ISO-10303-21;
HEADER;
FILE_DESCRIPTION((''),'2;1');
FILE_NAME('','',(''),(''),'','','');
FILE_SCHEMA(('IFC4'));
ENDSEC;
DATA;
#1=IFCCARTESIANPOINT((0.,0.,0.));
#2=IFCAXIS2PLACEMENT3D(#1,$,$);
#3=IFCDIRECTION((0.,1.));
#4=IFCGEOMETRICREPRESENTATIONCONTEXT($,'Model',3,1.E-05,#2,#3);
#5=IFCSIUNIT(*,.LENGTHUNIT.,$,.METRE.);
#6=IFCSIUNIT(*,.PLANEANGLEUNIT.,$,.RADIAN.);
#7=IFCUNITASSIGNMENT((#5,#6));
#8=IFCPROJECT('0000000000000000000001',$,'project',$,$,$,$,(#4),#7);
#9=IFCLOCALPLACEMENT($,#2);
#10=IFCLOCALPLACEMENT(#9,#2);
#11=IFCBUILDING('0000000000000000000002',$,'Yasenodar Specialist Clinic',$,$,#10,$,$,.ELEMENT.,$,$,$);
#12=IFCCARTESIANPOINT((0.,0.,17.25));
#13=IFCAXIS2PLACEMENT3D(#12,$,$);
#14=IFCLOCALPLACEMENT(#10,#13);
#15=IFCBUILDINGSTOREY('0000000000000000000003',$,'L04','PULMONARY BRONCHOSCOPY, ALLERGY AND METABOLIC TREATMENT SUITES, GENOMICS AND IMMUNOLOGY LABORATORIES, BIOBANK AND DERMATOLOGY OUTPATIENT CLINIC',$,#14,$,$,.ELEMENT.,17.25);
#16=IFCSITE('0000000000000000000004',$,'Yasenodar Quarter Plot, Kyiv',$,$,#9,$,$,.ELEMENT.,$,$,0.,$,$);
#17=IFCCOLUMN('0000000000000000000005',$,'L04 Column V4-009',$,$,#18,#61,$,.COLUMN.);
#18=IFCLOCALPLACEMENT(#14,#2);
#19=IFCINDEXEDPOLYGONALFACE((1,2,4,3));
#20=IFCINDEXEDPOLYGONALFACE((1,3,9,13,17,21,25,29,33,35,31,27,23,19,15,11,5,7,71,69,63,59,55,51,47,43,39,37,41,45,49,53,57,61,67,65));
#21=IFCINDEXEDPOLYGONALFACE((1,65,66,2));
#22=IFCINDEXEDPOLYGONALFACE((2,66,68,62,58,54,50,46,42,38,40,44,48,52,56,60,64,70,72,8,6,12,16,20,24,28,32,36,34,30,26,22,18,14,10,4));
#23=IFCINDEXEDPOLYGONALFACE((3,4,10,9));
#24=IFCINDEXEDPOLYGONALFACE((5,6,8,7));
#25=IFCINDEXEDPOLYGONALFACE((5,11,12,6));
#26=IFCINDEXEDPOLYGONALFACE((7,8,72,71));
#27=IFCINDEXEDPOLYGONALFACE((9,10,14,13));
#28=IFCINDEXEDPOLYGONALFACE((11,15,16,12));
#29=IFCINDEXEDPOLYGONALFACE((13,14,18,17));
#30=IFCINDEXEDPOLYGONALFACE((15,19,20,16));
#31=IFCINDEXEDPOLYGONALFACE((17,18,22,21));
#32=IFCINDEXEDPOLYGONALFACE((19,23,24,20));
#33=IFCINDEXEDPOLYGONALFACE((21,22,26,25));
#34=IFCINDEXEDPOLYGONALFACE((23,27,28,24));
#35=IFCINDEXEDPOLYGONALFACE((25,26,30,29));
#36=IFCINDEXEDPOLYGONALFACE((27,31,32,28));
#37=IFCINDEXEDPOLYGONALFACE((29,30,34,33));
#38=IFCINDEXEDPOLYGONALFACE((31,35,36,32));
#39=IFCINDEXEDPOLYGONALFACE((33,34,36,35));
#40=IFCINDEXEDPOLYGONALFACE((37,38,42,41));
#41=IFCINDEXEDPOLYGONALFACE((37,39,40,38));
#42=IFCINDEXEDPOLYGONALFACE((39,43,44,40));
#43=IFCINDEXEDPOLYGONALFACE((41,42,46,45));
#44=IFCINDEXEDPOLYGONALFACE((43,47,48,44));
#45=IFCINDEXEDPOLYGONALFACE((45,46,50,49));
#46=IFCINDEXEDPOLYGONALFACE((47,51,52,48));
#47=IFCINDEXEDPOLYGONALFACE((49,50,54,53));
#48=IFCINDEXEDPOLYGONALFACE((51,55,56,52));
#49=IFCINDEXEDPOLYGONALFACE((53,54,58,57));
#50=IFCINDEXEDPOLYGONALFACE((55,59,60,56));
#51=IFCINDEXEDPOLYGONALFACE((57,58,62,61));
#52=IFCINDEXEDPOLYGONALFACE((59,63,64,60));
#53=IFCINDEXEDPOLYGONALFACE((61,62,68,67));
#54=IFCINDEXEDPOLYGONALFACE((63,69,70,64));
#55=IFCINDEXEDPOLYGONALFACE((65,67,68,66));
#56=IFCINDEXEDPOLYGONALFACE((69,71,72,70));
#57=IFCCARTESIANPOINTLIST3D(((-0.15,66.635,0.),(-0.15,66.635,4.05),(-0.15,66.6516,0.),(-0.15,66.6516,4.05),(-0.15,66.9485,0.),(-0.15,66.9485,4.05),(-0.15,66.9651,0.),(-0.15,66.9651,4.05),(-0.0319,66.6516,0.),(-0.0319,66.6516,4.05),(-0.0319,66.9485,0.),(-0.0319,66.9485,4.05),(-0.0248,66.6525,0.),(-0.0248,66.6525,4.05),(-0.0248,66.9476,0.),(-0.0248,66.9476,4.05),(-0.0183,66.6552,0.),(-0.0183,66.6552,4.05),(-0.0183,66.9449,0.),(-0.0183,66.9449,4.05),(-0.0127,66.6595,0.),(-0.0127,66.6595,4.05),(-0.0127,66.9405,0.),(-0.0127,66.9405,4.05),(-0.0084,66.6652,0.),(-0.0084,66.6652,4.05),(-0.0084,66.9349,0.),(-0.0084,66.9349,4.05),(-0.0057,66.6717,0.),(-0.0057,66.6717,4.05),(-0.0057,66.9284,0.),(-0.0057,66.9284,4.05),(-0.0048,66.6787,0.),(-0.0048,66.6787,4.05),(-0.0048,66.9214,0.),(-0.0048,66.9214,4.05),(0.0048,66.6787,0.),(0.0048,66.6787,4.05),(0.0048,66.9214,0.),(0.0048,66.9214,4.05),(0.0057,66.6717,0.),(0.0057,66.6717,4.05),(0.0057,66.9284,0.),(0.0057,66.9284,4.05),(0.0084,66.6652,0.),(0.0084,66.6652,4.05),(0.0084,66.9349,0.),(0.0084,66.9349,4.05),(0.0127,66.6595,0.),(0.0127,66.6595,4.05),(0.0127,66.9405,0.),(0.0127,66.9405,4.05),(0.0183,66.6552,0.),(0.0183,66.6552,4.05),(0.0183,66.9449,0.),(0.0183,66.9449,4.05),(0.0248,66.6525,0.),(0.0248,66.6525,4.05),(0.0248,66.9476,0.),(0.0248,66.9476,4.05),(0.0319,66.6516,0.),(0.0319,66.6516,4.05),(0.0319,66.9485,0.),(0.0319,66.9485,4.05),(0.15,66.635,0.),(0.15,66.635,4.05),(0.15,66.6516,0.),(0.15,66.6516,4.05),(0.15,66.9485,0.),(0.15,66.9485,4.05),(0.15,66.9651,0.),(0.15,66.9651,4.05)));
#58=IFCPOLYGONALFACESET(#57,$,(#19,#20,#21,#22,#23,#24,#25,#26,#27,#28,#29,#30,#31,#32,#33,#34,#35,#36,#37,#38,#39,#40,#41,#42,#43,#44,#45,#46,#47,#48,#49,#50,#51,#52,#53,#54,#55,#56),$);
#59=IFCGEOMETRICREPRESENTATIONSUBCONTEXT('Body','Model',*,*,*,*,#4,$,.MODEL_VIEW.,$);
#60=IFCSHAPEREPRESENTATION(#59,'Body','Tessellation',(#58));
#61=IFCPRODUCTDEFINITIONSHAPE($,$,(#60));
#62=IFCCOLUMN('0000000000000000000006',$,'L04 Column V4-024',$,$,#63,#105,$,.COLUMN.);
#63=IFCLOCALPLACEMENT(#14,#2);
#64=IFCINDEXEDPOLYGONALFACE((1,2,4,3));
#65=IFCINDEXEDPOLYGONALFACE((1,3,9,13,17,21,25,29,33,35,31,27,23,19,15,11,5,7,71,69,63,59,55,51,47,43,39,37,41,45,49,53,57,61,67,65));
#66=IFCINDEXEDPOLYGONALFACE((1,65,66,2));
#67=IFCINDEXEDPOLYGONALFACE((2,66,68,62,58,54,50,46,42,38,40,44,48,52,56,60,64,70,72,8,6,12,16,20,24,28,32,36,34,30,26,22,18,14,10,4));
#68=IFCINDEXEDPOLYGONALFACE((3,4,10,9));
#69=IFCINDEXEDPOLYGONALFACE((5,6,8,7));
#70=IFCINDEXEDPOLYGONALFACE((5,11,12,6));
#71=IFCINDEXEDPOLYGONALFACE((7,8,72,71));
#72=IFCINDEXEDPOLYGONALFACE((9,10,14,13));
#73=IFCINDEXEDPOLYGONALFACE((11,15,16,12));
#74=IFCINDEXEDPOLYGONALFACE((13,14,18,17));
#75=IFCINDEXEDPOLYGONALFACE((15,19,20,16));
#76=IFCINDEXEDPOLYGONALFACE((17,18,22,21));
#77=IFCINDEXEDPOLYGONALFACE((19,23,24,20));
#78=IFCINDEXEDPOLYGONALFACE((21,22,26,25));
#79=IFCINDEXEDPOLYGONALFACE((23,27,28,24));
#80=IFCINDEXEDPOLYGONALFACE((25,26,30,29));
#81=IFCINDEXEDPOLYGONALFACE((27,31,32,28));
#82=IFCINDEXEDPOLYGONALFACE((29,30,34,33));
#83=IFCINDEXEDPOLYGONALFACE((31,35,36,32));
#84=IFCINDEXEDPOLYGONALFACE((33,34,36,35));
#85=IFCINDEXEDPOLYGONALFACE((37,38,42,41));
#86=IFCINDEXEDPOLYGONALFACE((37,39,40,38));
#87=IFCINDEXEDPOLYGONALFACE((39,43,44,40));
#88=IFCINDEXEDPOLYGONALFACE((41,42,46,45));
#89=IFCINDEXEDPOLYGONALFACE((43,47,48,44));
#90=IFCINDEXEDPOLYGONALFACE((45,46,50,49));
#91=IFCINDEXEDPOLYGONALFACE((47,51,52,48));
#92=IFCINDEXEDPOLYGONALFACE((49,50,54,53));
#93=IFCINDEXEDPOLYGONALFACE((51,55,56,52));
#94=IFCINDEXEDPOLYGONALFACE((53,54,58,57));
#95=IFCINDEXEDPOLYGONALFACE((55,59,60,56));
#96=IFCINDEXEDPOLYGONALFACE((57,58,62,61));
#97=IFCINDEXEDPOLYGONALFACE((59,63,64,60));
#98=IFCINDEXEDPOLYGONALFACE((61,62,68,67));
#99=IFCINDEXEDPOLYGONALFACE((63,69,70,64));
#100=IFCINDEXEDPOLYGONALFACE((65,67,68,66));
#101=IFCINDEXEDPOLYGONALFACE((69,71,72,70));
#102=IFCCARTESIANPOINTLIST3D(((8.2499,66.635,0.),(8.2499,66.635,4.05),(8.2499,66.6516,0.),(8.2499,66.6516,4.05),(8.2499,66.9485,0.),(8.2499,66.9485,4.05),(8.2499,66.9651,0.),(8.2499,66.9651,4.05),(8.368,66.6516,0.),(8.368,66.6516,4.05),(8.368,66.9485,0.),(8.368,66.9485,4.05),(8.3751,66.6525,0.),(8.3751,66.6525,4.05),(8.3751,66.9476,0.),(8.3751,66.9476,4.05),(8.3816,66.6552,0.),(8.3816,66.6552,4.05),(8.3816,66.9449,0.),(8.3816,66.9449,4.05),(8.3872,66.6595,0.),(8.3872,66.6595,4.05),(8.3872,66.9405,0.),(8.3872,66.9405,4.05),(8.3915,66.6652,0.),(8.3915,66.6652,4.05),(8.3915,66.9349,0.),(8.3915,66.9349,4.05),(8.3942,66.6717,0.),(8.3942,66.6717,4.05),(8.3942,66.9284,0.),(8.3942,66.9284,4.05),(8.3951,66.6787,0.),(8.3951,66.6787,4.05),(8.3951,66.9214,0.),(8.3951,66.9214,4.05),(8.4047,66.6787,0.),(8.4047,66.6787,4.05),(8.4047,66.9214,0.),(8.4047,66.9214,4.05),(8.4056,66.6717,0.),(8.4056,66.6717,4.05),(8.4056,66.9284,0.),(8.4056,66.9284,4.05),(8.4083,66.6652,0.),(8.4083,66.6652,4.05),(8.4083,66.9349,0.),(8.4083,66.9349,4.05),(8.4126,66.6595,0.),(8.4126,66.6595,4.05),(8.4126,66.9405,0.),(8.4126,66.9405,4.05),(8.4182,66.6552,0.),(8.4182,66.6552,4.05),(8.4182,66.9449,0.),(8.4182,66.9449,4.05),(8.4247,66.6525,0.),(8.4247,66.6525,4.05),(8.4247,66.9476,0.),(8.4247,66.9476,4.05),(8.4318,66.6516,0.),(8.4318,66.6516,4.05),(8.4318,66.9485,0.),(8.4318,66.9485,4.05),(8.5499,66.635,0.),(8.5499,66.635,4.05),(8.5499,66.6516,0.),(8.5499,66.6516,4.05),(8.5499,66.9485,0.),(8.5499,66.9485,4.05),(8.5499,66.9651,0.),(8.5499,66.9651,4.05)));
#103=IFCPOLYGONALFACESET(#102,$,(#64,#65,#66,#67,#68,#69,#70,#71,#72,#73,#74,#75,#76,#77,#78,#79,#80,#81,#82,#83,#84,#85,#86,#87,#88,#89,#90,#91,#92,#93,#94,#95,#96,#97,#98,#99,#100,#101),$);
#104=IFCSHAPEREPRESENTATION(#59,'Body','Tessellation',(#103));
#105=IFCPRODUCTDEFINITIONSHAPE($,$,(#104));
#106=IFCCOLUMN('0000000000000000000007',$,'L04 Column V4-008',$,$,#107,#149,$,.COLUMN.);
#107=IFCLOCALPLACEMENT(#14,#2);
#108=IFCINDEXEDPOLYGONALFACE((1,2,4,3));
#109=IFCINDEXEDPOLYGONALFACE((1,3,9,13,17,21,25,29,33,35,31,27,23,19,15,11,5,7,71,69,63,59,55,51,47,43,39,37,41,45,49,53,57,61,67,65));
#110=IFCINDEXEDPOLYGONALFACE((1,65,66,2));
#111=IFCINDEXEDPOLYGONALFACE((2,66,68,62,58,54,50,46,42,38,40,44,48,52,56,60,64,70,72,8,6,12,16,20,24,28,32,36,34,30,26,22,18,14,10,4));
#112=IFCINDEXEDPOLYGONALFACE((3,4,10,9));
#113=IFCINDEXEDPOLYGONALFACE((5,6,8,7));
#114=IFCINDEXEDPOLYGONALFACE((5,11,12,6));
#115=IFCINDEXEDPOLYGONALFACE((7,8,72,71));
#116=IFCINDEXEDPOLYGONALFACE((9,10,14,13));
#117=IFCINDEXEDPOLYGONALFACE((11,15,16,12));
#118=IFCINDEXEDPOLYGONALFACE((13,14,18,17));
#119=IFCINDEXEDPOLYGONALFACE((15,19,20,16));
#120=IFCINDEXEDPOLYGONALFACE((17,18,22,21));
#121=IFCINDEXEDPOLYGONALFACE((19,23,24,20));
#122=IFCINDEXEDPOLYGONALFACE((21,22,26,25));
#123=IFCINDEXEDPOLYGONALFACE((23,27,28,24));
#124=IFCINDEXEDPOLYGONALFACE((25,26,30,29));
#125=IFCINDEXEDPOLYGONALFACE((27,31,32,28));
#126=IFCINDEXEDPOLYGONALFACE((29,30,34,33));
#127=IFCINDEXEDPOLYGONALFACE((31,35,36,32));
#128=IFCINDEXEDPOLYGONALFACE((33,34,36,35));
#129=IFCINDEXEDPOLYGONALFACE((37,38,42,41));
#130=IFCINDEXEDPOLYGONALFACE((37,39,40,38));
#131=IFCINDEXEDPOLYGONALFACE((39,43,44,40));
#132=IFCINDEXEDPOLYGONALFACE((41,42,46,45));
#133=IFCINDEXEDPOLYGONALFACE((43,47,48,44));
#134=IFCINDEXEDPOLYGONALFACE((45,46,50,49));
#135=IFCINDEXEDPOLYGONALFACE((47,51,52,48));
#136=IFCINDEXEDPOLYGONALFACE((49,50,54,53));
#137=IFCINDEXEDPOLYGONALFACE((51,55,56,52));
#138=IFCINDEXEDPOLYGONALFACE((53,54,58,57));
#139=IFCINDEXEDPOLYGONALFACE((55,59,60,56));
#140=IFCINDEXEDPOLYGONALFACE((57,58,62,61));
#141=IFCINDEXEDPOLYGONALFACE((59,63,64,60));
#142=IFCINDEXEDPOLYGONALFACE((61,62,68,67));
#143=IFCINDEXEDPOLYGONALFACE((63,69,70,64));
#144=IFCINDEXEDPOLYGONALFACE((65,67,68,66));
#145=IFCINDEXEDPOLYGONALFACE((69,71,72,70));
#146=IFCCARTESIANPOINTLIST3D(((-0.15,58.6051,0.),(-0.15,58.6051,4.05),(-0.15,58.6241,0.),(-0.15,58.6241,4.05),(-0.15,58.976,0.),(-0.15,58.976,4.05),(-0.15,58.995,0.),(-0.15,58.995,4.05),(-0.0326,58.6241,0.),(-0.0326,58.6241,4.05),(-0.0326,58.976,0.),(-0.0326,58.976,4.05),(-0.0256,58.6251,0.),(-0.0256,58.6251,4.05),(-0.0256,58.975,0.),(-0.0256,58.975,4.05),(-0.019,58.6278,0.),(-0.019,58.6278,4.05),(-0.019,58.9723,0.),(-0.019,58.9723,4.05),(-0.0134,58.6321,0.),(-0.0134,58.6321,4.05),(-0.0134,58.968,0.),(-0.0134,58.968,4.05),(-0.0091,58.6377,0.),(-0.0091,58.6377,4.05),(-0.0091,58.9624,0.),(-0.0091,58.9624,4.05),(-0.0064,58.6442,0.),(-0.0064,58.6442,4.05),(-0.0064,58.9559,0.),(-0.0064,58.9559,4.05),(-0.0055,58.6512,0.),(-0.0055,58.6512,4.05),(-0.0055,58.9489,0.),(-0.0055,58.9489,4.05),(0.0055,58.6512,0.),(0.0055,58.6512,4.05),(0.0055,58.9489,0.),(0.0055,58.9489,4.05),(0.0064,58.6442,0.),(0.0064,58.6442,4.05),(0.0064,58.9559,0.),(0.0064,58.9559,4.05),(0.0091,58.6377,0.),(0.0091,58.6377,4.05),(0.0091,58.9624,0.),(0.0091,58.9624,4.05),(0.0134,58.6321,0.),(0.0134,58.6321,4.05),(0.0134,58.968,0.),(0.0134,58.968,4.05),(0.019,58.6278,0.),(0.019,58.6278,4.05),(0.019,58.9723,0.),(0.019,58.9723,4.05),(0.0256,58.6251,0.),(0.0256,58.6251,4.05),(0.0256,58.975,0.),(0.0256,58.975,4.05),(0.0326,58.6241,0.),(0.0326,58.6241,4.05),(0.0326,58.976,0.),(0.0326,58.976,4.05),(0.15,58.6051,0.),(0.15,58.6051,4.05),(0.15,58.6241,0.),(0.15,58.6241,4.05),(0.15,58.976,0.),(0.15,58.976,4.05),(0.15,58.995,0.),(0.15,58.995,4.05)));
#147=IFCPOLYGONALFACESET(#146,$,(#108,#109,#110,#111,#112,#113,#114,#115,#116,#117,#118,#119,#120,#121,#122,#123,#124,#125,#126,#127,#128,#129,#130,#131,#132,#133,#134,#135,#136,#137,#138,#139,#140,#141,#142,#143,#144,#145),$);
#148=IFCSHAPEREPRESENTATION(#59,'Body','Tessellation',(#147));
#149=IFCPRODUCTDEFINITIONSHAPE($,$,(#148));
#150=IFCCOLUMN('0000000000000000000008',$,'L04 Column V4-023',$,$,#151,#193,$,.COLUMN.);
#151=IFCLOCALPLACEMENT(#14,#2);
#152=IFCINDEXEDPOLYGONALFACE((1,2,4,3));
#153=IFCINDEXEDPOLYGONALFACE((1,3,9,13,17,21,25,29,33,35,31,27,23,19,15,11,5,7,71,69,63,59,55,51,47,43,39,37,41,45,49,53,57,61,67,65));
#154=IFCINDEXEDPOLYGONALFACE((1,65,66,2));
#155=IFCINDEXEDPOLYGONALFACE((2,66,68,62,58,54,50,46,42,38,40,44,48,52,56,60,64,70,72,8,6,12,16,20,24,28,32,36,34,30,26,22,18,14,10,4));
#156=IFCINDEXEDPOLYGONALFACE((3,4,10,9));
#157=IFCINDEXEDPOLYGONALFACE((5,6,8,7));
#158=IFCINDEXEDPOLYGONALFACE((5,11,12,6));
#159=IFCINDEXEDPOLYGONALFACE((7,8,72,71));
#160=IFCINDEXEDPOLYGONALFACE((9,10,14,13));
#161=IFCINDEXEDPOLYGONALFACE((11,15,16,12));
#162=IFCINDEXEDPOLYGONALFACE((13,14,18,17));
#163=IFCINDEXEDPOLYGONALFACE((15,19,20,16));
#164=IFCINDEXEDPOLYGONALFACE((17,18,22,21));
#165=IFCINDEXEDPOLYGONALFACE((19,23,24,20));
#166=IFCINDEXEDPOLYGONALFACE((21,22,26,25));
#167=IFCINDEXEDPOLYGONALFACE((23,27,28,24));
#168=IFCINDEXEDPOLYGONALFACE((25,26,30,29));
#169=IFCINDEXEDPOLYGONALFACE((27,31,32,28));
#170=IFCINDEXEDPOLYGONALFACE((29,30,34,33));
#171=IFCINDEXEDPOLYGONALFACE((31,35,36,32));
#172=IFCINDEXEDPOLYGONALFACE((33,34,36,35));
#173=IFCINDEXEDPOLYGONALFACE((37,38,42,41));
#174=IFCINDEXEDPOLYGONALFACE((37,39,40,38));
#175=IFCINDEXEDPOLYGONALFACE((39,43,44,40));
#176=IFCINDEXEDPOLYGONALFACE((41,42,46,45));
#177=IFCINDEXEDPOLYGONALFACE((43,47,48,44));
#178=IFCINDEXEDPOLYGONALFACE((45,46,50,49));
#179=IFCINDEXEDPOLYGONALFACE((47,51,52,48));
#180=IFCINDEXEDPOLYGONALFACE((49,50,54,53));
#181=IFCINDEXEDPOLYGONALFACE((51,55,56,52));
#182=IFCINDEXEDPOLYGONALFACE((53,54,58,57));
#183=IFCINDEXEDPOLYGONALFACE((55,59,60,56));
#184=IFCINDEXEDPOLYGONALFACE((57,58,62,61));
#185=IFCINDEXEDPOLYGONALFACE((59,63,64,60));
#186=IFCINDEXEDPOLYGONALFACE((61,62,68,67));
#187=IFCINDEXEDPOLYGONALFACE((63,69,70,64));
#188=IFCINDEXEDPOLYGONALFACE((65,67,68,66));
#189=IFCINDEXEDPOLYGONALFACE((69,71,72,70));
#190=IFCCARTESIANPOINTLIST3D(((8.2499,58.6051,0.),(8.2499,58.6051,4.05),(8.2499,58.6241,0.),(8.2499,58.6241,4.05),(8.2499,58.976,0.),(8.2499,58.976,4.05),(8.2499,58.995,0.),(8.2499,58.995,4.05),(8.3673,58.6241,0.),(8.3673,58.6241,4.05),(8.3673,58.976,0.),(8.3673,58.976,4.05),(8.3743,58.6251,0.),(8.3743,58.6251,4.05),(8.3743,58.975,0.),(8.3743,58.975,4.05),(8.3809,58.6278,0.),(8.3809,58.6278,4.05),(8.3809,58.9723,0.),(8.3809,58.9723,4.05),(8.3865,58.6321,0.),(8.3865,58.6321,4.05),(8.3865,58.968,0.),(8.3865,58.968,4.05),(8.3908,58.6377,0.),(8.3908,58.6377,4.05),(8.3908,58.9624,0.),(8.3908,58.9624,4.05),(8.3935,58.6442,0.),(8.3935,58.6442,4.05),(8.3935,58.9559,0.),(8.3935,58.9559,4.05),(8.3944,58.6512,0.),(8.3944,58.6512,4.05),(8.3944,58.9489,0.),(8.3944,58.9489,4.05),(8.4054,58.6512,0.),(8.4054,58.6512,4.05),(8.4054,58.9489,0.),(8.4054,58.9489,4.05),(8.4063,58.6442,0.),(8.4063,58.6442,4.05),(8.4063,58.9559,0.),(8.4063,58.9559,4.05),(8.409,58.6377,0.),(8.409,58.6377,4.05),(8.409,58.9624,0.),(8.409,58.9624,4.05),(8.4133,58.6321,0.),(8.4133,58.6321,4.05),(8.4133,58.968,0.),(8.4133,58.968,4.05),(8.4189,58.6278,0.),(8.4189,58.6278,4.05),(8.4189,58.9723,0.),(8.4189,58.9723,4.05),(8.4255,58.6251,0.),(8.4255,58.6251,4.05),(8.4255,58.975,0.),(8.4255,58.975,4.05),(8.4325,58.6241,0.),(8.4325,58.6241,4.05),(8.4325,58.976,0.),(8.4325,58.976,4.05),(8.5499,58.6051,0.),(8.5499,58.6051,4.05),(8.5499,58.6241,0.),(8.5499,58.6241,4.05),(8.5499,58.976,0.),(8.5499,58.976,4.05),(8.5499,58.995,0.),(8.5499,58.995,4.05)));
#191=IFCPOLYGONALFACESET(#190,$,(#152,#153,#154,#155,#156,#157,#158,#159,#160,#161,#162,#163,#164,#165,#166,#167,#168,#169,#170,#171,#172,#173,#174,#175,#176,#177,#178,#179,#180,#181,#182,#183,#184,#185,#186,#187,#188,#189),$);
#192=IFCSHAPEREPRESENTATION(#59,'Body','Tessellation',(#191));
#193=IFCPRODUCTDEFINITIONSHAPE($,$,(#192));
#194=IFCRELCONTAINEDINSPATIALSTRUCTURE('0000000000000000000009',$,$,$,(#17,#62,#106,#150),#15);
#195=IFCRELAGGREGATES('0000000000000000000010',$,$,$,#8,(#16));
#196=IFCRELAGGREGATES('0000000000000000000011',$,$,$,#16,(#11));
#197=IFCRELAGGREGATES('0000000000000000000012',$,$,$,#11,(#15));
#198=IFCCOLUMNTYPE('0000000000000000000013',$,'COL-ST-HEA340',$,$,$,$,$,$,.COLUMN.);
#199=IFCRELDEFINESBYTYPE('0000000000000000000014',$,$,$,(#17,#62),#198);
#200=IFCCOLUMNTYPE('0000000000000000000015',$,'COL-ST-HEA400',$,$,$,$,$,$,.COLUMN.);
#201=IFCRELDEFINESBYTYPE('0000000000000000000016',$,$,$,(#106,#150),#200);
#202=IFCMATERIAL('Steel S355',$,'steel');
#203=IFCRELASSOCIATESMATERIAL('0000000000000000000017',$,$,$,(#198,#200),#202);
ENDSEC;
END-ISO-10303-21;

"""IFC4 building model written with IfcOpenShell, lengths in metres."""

from ifc_helpers import new_model, si_unit, direction, frame, origin, origin_2d, place, context, subcontext, project, spatial, i_section, extrude, material, material_profile, profile_set, type_object, element, save


model = new_model("IFC4")

# Units and contexts
model_context = context("Model", 3, precision=1e-05, world=origin(), true_north=direction((0.0, 1.0)))
body_context = subcontext(model_context, "Body", "Model", "MODEL_VIEW")
ifc_project = project(units=[si_unit("LENGTHUNIT", "METRE"), si_unit("PLANEANGLEUNIT", "RADIAN")], contexts=[model_context])

# Site, building, storey
site_placement = place(None, origin())
site = spatial("IfcSite", under=ifc_project, at=site_placement, Name="Yasenodar Quarter Plot, Kyiv", CompositionType="ELEMENT", RefElevation=0.0)
building_placement = place(site_placement, origin())
building = spatial("IfcBuilding", under=site, at=building_placement, Name="Yasenodar Specialist Clinic", CompositionType="ELEMENT")
storey_placement = place(building_placement, frame((0.0, 0.0, 17.25)))
storey = spatial("IfcBuildingStorey", under=building, at=storey_placement, Name="L04", Description="PULMONARY BRONCHOSCOPY, ALLERGY AND METABOLIC TREATMENT SUITES, GENOMICS AND IMMUNOLOGY LABORATORIES, BIOBANK AND DERMATOLOGY OUTPATIENT CLINIC", CompositionType="ELEMENT", Elevation=17.25)

# Columns
ifc_material_1 = material(Name="Steel S355", Category="steel")
ifc_material_profile_1 = material_profile(ifc_material_1, i_section(OverallWidth=0.3, OverallDepth=0.3301, WebThickness=0.0095, FlangeThickness=0.0166, FilletRadius=0.0271, at=origin_2d()), Name="HEA 340")
ifc_profile_set_1 = profile_set([ifc_material_profile_1], Name="Steel S355")
column_type_1 = type_object("IfcColumnType", Name="COL-ST-HEA340", PredefinedType="COLUMN", material=ifc_profile_set_1)
for number, where, z_axis, x_axis, name in (
    (1, (0.0, 66.8, 0.0), (0.0, 0.0, 1.0), (1.0, 0.0, 0.0), "L04 Column V4-009"),
    (2, (8.3999, 66.8, 0.0), (0.0, 0.0, 1.0), (1.0, 0.0, 0.0), "L04 Column V4-024"),
):
    element("IfcColumn", number, at=place(storey_placement, frame(where, z_axis=z_axis, x_axis=x_axis)), inside=storey, type_object=column_type_1, Name=name, PredefinedType="COLUMN", context=body_context, shape_type="SweptSolid", body=[
        extrude(i_section(OverallWidth=0.3, OverallDepth=0.3301, WebThickness=0.0095, FlangeThickness=0.0166, FilletRadius=0.0271, at=origin_2d()), origin(), (0.0, 0.0, 1.0), 4.05),
    ])
ifc_material_profile_2 = material_profile(ifc_material_1, i_section(OverallWidth=0.3, OverallDepth=0.3899, WebThickness=0.011, FlangeThickness=0.019, FilletRadius=0.0271, at=origin_2d()), Name="HEA 400")
ifc_profile_set_2 = profile_set([ifc_material_profile_2], Name="Steel S355")
column_type_2 = type_object("IfcColumnType", Name="COL-ST-HEA400", PredefinedType="COLUMN", material=ifc_profile_set_2)
for number, where, z_axis, x_axis, name in (
    (3, (0.0, 58.8, 0.0), (0.0, 0.0, 1.0), (1.0, 0.0, 0.0), "L04 Column V4-008"),
    (4, (8.3999, 58.8, 0.0), (0.0, 0.0, 1.0), (1.0, 0.0, 0.0), "L04 Column V4-023"),
):
    element("IfcColumn", number, at=place(storey_placement, frame(where, z_axis=z_axis, x_axis=x_axis)), inside=storey, type_object=column_type_2, Name=name, PredefinedType="COLUMN", context=body_context, shape_type="SweptSolid", body=[
        extrude(i_section(OverallWidth=0.3, OverallDepth=0.3899, WebThickness=0.011, FlangeThickness=0.019, FilletRadius=0.0271, at=origin_2d()), origin(), (0.0, 0.0, 1.0), 4.05),
    ])

save(model, "model.ifc")
